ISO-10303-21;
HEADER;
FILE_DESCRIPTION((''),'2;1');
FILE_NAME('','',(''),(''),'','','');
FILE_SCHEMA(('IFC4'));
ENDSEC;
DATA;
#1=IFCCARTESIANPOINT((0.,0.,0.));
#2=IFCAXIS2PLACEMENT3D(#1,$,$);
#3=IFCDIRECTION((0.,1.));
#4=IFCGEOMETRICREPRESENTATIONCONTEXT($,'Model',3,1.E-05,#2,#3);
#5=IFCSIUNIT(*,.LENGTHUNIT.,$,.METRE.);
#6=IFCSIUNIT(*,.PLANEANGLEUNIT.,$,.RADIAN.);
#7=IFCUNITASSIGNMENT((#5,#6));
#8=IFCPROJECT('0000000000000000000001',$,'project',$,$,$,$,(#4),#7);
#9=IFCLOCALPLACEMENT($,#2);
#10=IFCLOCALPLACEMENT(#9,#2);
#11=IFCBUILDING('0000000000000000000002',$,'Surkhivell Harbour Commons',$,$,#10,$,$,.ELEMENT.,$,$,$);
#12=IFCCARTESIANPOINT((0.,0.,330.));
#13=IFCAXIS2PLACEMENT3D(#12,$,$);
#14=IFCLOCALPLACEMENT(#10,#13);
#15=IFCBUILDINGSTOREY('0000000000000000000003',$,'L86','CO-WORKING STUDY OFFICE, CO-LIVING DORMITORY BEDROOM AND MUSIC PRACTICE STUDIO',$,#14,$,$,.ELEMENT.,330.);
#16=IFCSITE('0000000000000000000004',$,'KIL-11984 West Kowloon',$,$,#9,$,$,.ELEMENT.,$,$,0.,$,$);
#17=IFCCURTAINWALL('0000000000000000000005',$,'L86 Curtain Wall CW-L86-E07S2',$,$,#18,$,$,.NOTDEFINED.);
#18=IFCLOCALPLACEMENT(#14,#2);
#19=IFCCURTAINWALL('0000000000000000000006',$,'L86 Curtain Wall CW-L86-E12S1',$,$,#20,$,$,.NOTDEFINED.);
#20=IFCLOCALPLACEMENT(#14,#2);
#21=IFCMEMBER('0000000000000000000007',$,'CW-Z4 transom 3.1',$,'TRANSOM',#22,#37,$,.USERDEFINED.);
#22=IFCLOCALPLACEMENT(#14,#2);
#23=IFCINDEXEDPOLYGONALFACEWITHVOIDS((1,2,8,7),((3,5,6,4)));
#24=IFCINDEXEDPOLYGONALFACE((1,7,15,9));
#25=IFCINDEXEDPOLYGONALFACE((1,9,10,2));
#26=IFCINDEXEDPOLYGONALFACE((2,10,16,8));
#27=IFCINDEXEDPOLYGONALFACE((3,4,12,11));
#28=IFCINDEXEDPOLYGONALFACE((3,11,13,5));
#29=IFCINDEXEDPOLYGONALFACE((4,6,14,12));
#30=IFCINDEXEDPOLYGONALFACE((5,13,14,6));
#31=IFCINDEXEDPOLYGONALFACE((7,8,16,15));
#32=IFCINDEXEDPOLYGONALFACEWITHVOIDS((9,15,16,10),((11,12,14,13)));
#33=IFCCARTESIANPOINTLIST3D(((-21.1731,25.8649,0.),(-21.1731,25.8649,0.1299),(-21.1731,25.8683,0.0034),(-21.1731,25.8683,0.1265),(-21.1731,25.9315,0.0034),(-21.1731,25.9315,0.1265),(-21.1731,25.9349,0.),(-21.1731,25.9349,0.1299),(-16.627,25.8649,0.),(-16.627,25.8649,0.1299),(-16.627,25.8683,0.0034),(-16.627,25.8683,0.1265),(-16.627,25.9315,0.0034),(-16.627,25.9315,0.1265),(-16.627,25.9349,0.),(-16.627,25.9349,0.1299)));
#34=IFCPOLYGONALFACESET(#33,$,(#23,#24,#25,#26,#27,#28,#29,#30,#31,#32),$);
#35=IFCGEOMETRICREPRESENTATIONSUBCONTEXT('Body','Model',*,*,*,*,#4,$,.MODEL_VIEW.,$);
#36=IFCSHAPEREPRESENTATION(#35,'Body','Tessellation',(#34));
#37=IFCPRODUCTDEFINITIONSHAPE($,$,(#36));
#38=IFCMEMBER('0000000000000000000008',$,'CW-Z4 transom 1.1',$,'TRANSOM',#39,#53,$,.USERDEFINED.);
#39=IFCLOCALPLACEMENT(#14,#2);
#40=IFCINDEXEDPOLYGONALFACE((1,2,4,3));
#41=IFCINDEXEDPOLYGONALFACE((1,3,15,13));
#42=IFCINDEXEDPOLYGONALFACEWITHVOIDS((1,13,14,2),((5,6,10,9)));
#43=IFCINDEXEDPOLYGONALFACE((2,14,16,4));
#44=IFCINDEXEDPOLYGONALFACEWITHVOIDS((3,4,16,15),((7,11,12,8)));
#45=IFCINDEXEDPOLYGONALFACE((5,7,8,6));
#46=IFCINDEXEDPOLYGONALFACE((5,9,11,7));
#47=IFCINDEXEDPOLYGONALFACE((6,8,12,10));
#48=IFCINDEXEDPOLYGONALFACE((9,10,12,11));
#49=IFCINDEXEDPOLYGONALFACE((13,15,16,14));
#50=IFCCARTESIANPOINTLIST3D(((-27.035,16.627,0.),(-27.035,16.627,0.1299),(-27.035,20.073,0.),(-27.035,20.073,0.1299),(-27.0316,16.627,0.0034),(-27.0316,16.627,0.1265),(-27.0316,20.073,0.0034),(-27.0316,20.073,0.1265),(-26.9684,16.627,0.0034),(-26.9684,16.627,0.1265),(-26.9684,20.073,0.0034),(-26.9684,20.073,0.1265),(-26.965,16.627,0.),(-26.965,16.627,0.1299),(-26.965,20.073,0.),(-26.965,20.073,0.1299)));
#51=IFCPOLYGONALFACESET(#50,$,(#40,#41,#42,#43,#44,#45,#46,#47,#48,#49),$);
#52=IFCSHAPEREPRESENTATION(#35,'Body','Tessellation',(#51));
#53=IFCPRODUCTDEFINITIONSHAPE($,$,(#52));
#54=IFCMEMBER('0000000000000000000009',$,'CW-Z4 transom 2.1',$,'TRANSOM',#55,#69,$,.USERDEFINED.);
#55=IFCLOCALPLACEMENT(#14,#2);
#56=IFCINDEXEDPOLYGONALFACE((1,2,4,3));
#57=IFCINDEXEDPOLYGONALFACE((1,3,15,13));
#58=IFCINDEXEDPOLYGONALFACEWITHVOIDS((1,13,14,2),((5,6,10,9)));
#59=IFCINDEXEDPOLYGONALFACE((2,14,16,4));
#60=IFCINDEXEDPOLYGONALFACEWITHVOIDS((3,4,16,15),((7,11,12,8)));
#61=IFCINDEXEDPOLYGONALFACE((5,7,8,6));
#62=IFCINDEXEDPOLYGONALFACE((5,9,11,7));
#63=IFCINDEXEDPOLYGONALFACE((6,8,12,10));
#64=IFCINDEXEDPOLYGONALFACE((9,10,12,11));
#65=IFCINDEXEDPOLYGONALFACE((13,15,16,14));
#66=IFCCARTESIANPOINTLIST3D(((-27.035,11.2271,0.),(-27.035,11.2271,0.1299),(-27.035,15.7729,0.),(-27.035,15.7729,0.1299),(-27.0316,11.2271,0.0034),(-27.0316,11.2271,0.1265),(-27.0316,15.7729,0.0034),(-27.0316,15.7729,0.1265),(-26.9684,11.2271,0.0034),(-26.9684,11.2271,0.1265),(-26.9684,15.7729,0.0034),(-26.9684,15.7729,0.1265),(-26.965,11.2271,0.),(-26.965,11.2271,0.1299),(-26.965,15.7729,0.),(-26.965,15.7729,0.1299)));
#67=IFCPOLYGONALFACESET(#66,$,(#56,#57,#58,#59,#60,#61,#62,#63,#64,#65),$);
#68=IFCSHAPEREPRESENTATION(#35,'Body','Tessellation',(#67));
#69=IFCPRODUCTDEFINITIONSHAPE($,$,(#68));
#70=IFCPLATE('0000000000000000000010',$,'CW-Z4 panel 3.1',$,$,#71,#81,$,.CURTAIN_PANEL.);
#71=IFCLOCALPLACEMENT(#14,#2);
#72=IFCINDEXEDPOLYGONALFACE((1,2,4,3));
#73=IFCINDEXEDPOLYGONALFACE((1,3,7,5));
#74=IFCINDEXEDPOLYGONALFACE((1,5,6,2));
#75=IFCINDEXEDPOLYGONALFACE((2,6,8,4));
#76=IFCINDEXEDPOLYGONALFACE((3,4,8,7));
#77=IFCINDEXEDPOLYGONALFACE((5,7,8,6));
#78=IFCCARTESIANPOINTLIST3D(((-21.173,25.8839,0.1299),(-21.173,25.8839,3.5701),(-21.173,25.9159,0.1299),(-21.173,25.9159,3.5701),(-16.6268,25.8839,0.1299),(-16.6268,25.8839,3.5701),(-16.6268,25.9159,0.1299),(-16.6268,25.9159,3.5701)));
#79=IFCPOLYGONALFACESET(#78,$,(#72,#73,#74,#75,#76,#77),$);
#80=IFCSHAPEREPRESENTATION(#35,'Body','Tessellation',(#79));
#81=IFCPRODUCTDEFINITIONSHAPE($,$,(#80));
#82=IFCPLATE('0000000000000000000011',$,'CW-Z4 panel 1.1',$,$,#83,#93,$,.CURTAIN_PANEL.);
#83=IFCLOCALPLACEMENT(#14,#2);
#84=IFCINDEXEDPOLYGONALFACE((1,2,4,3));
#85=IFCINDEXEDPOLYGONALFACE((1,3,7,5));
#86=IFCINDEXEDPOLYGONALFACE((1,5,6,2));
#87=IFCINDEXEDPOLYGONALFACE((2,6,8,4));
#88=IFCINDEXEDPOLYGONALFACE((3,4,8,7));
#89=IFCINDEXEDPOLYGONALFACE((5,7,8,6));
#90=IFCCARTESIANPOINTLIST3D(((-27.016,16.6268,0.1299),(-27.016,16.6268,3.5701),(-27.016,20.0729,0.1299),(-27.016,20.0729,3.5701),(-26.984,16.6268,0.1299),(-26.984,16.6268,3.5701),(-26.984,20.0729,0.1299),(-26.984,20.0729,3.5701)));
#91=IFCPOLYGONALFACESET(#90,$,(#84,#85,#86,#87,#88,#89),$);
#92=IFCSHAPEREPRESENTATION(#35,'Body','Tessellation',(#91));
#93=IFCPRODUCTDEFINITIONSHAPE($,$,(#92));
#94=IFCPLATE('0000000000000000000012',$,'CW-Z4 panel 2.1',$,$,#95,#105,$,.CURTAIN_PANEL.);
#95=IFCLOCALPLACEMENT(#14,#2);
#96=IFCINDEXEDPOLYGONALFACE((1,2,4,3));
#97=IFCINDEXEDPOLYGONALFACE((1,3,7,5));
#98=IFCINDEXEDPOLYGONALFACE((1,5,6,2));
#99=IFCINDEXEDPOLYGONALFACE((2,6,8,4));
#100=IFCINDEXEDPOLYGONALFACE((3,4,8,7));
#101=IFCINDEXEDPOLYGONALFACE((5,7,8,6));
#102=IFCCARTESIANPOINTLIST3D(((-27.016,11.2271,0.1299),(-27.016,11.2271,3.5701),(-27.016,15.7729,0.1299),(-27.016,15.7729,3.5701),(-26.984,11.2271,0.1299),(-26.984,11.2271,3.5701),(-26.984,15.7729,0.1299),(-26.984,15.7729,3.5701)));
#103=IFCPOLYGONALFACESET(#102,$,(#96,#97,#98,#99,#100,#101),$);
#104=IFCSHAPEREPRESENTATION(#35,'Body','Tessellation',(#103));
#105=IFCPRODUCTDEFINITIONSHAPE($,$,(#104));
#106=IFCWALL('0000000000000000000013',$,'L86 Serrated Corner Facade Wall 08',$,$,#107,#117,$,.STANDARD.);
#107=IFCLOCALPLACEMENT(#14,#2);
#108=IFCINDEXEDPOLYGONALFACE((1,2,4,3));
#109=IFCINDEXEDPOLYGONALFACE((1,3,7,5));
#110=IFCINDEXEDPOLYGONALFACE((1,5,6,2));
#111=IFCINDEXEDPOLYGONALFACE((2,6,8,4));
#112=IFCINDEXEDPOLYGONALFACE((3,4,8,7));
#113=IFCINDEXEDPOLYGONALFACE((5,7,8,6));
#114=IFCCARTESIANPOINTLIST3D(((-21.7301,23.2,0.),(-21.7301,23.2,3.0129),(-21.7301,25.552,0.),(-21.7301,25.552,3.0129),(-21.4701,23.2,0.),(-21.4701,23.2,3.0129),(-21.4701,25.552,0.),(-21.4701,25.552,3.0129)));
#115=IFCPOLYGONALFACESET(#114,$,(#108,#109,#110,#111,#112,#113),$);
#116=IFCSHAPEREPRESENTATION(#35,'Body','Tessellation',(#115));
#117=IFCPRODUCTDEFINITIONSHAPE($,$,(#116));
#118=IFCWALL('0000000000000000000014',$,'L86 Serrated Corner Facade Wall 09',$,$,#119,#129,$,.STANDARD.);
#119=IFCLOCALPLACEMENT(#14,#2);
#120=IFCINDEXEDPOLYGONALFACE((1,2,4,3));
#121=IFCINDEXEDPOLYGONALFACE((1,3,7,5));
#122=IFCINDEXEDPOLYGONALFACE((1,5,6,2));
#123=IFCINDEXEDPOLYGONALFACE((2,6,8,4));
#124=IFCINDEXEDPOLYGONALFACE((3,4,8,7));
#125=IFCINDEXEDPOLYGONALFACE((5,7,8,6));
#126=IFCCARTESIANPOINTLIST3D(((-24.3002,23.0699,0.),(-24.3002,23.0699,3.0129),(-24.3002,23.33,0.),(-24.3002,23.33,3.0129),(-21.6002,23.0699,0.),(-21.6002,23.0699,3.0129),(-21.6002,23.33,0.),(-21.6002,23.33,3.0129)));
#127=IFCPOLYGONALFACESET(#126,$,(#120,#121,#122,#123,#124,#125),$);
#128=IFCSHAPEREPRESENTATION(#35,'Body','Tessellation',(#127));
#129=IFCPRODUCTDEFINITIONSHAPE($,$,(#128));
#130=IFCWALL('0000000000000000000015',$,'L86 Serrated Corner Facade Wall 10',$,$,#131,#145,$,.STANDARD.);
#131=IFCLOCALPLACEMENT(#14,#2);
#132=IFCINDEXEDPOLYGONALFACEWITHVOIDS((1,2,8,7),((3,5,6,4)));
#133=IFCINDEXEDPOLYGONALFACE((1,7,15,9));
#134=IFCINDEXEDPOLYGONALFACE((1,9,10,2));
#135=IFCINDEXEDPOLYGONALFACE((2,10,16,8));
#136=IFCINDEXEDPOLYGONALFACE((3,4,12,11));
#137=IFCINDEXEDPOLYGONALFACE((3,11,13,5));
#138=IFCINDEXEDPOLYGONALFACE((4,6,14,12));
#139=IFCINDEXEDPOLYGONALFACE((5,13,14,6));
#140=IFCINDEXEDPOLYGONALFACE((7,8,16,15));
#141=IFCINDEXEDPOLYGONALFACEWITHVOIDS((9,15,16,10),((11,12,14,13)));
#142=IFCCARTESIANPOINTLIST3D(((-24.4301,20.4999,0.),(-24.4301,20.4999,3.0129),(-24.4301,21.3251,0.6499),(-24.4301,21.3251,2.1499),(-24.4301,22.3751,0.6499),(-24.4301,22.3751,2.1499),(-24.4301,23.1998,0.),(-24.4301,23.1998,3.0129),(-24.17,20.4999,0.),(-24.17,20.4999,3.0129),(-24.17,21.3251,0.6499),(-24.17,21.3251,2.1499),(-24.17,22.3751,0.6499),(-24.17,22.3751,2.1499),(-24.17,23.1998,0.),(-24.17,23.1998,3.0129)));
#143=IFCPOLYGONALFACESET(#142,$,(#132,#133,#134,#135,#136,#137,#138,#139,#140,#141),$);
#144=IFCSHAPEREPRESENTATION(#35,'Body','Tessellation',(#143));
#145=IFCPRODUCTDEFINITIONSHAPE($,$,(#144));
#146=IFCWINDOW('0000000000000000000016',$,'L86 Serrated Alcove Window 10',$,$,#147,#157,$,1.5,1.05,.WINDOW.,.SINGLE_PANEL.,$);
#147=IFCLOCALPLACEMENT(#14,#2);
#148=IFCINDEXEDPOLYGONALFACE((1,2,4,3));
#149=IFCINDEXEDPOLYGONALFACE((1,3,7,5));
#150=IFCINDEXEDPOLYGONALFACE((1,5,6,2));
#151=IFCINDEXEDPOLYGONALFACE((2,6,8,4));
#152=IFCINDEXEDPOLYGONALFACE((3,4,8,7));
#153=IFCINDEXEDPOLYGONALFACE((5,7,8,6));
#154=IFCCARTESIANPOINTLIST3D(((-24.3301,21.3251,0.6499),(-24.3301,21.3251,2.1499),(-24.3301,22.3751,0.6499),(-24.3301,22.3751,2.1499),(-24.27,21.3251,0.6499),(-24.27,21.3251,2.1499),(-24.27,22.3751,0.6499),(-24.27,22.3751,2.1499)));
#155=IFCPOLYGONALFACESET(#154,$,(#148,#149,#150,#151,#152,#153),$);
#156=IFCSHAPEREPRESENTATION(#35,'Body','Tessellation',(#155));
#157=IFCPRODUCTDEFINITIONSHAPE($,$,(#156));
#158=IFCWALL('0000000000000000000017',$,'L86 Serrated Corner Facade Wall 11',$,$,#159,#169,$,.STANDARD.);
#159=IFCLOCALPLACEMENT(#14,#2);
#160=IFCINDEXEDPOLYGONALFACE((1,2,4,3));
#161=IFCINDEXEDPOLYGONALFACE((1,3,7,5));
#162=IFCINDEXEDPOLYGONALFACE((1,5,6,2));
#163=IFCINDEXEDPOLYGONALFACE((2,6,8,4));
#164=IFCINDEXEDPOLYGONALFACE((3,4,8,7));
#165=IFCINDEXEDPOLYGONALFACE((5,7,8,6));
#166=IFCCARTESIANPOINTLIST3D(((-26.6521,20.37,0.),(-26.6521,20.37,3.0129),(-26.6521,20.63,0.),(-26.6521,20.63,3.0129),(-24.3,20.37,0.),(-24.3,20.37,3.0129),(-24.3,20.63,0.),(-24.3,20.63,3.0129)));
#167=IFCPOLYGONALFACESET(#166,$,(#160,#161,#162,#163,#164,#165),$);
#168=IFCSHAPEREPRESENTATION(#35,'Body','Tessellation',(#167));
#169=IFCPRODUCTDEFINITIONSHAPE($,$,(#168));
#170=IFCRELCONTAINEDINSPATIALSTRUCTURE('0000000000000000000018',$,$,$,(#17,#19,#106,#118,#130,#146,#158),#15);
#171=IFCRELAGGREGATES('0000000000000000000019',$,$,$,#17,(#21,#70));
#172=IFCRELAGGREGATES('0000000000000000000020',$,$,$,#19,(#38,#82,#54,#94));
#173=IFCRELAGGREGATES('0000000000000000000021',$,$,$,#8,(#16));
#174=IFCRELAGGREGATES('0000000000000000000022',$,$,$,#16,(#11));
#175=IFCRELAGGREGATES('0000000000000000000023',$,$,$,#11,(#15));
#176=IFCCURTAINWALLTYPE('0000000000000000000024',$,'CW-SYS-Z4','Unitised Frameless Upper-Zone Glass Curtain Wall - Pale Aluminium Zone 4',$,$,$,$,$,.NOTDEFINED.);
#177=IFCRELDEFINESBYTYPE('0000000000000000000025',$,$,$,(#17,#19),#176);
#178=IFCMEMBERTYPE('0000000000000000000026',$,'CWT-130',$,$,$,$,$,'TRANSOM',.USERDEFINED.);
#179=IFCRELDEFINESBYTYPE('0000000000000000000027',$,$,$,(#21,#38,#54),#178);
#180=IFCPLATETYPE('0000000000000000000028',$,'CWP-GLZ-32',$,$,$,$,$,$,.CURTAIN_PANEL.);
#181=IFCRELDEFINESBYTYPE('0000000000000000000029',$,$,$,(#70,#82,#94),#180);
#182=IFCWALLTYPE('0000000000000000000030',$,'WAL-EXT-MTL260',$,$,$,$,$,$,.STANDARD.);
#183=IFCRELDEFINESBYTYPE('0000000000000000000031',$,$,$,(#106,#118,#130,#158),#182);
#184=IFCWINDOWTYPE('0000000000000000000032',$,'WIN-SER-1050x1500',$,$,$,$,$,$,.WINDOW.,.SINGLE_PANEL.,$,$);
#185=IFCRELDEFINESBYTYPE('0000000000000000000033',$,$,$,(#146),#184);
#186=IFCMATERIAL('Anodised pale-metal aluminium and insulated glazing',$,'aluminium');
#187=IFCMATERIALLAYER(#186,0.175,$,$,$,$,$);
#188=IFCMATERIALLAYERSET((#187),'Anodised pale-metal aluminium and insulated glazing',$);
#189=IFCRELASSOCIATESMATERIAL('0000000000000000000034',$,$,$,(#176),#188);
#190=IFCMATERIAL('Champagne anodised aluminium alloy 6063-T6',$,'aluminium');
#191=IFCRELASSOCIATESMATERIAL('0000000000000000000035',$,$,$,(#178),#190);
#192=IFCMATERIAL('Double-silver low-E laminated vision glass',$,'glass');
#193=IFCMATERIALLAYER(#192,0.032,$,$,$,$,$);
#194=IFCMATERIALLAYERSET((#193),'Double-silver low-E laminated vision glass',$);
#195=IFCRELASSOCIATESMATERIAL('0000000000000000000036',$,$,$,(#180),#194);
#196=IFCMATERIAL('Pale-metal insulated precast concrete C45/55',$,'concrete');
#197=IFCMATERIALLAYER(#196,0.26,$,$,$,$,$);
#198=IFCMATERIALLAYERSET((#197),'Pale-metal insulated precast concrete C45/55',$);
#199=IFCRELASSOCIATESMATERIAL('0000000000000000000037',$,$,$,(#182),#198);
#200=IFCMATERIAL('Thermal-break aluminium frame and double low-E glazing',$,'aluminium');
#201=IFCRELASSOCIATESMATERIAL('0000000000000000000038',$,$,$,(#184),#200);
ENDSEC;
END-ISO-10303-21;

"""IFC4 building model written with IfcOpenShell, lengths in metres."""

from ifc_helpers import new_model, si_unit, direction, frame, frame_2d, origin, origin_2d, place, context, subcontext, project, spatial, rectangle, hollow_rectangle, extrude, material, layer, layer_set, material_profile, profile_set, type_object, element, fill, aggregate, save


model = new_model("IFC4")

# Units and contexts
model_context = context("Model", 3, precision=1e-05, world=origin(), true_north=direction((0.0, 1.0)))
body_context = subcontext(model_context, "Body", "Model", "MODEL_VIEW")
ifc_project = project(units=[si_unit("LENGTHUNIT", "METRE"), si_unit("PLANEANGLEUNIT", "RADIAN")], contexts=[model_context])

# Site, building, storey
site_placement = place(None, origin())
site = spatial("IfcSite", under=ifc_project, at=site_placement, Name="KIL-11984 West Kowloon", CompositionType="ELEMENT", RefElevation=0.0)
building_placement = place(site_placement, origin())
building = spatial("IfcBuilding", under=site, at=building_placement, Name="Surkhivell Harbour Commons", CompositionType="ELEMENT")
storey_placement = place(building_placement, frame((0.0, 0.0, 330.0)))
storey = spatial("IfcBuildingStorey", under=building, at=storey_placement, Name="L86", Description="CO-WORKING STUDY OFFICE, CO-LIVING DORMITORY BEDROOM AND MUSIC PRACTICE STUDIO", CompositionType="ELEMENT", Elevation=330.0)

# Curtain wall
ifc_material_1 = material(Name="Anodised pale-metal aluminium and insulated glazing", Category="aluminium")
ifc_layer_1 = layer(ifc_material_1, 0.175)
ifc_layer_set_1 = layer_set([ifc_layer_1], Name="Anodised pale-metal aluminium and insulated glazing")
curtain_wall_type = type_object("IfcCurtainWallType", Name="CW-SYS-Z4", Description="Unitised Frameless Upper-Zone Glass Curtain Wall - Pale Aluminium Zone 4", PredefinedType="NOTDEFINED", material=ifc_layer_set_1)
curtain_wall_1_placement = place(storey_placement, origin())
curtain_wall_1 = element("IfcCurtainWall", 1, at=curtain_wall_1_placement, inside=storey, type_object=curtain_wall_type, Name="L86 Curtain Wall CW-L86-E07S2", PredefinedType="NOTDEFINED")

# Curtain wall
curtain_wall_2_placement = place(storey_placement, origin())
curtain_wall_2 = element("IfcCurtainWall", 2, at=curtain_wall_2_placement, inside=storey, type_object=curtain_wall_type, Name="L86 Curtain Wall CW-L86-E12S1", PredefinedType="NOTDEFINED")

# Members
ifc_material_2 = material(Name="Champagne anodised aluminium alloy 6063-T6", Category="aluminium")
ifc_material_profile_1 = material_profile(ifc_material_2, hollow_rectangle(XDim=0.0701, YDim=0.1299, WallThickness=0.0034, at=origin_2d()), Name="ALU-TRAN-70x130")
ifc_profile_set_1 = profile_set([ifc_material_profile_1], Name="Champagne anodised aluminium alloy 6063-T6")
member_type_1 = type_object("IfcMemberType", Name="CWT-130", ElementType="TRANSOM", PredefinedType="USERDEFINED", material=ifc_profile_set_1)
member_1_placement = place(storey_placement, frame((-16.627, 25.8999, 0.0649), z_axis=(-1.0, 0.0, 0.0), x_axis=(0.0, -1.0, 0.0)))
member_1 = element("IfcMember", 3, at=member_1_placement, type_object=member_type_1, Name="CW-Z4 transom 3.1", ObjectType="TRANSOM", PredefinedType="USERDEFINED", context=body_context, shape_type="SweptSolid", body=[
    extrude(hollow_rectangle(XDim=0.0701, YDim=0.1299, WallThickness=0.0034, at=origin_2d()), origin(), (0.0, 0.0, 1.0), 4.5461),
])
member_2_placement = place(storey_placement, frame((-27.0, 20.073, 0.0649), z_axis=(0.0, -1.0, 0.0), x_axis=(1.0, 0.0, 0.0)))
member_2 = element("IfcMember", 4, at=member_2_placement, type_object=member_type_1, Name="CW-Z4 transom 1.1", ObjectType="TRANSOM", PredefinedType="USERDEFINED", context=body_context, shape_type="SweptSolid", body=[
    extrude(hollow_rectangle(XDim=0.0701, YDim=0.1299, WallThickness=0.0034, at=origin_2d()), origin(), (0.0, 0.0, 1.0), 3.446),
])
member_3_placement = place(storey_placement, frame((-27.0, 15.7729, 0.0649), z_axis=(0.0, -1.0, 0.0), x_axis=(1.0, 0.0, 0.0)))
member_3 = element("IfcMember", 5, at=member_3_placement, type_object=member_type_1, Name="CW-Z4 transom 2.1", ObjectType="TRANSOM", PredefinedType="USERDEFINED", context=body_context, shape_type="SweptSolid", body=[
    extrude(hollow_rectangle(XDim=0.0701, YDim=0.1299, WallThickness=0.0034, at=origin_2d()), origin(), (0.0, 0.0, 1.0), 4.5459),
])

# Plates
ifc_material_3 = material(Name="Double-silver low-E laminated vision glass", Category="glass")
ifc_layer_2 = layer(ifc_material_3, 0.032)
ifc_layer_set_2 = layer_set([ifc_layer_2], Name="Double-silver low-E laminated vision glass")
plate_type = type_object("IfcPlateType", Name="CWP-GLZ-32", PredefinedType="CURTAIN_PANEL", material=ifc_layer_set_2)
plate_1_placement = place(storey_placement, frame((-16.627, 25.8999, 0.1299), z_axis=(0.0, 0.0, 1.0), x_axis=(-1.0, 0.0, 0.0)))
plate_1 = element("IfcPlate", 6, at=plate_1_placement, type_object=plate_type, Name="CW-Z4 panel 3.1", PredefinedType="CURTAIN_PANEL", context=body_context, shape_type="SweptSolid", body=[
    extrude(rectangle(XDim=4.5461, YDim=0.032, at=frame_2d((2.2729, 0.0))), origin(), (0.0, 0.0, 1.0), 3.4402),
])
aggregate(curtain_wall_1, [member_1, plate_1])
plate_2_placement = place(storey_placement, frame((-27.0, 20.073, 0.1299), z_axis=(0.0, 0.0, 1.0), x_axis=(0.0, -1.0, 0.0)))
plate_2 = element("IfcPlate", 7, at=plate_2_placement, type_object=plate_type, Name="CW-Z4 panel 1.1", PredefinedType="CURTAIN_PANEL", context=body_context, shape_type="SweptSolid", body=[
    extrude(rectangle(XDim=3.446, YDim=0.032, at=frame_2d((1.7231, 0.0))), origin(), (0.0, 0.0, 1.0), 3.4402),
])
plate_3_placement = place(storey_placement, frame((-27.0, 15.7729, 0.1299), z_axis=(0.0, 0.0, 1.0), x_axis=(0.0, -1.0, 0.0)))
plate_3 = element("IfcPlate", 8, at=plate_3_placement, type_object=plate_type, Name="CW-Z4 panel 2.1", PredefinedType="CURTAIN_PANEL", context=body_context, shape_type="SweptSolid", body=[
    extrude(rectangle(XDim=4.5459, YDim=0.032, at=frame_2d((2.2729, 0.0))), origin(), (0.0, 0.0, 1.0), 3.4402),
])
aggregate(curtain_wall_2, [member_2, plate_2, member_3, plate_3])

# Walls
ifc_material_4 = material(Name="Pale-metal insulated precast concrete C45/55", Category="concrete")
ifc_layer_3 = layer(ifc_material_4, 0.26)
ifc_layer_set_3 = layer_set([ifc_layer_3], Name="Pale-metal insulated precast concrete C45/55")
wall_type = type_object("IfcWallType", Name="WAL-EXT-MTL260", PredefinedType="STANDARD", material=ifc_layer_set_3)
wall_1_placement = place(storey_placement, frame((-21.6001, 25.552, 0.0), z_axis=(0.0, 0.0, 1.0), x_axis=(0.0, -1.0, 0.0)))
element("IfcWall", 9, at=wall_1_placement, inside=storey, type_object=wall_type, Name="L86 Serrated Corner Facade Wall 08", PredefinedType="STANDARD", context=body_context, shape_type="SweptSolid", body=[
    extrude(rectangle(XDim=2.3521, YDim=0.26, at=frame_2d((1.176, 0.0))), origin(), (0.0, 0.0, 1.0), 3.0129),
])
wall_2_placement = place(storey_placement, frame((-21.6001, 23.2, 0.0), z_axis=(0.0, 0.0, 1.0), x_axis=(-1.0, 0.0, 0.0)))
element("IfcWall", 10, at=wall_2_placement, inside=storey, type_object=wall_type, Name="L86 Serrated Corner Facade Wall 09", PredefinedType="STANDARD", context=body_context, shape_type="SweptSolid", body=[
    extrude(rectangle(XDim=2.7, YDim=0.26, at=frame_2d((1.3501, 0.0))), origin(), (0.0, 0.0, 1.0), 3.0129),
])

# Wall, opening, window
wall_3_placement = place(storey_placement, frame((-24.3, 23.2, 0.0), z_axis=(0.0, 0.0, 1.0), x_axis=(0.0, -1.0, 0.0)))
wall_3 = element("IfcWall", 11, at=wall_3_placement, inside=storey, type_object=wall_type, Name="L86 Serrated Corner Facade Wall 10", PredefinedType="STANDARD", context=body_context, shape_type="SweptSolid", body=[
    extrude(rectangle(XDim=2.7, YDim=0.26, at=frame_2d((1.3501, 0.0))), origin(), (0.0, 0.0, 1.0), 3.0129),
])
opening_placement = place(wall_3_placement, frame((0.825, 0.0, 0.6499)))
opening = element("IfcOpeningElement", 12, at=opening_placement, cuts=wall_3, PredefinedType="OPENING", context=body_context, shape_type="SweptSolid", body=[
    extrude(rectangle(XDim=1.05, YDim=1.5, at=frame_2d((0.5249, 0.75))), frame((0.0, 0.1399, 0.0), z_axis=(0.0, -1.0, 0.0), x_axis=(1.0, 0.0, 0.0)), (0.0, 0.0, 1.0), 0.28),
])
ifc_material_5 = material(Name="Thermal-break aluminium frame and double low-E glazing", Category="aluminium")
window_type = type_object("IfcWindowType", Name="WIN-SER-1050x1500", PartitioningType="SINGLE_PANEL", PredefinedType="WINDOW", material=ifc_material_5)
window_placement = place(opening_placement, origin())
window = element("IfcWindow", 13, at=window_placement, inside=storey, type_object=window_type, Name="L86 Serrated Alcove Window 10", OverallHeight=1.5, OverallWidth=1.05, PartitioningType="SINGLE_PANEL", PredefinedType="WINDOW", context=body_context, shape_type="SweptSolid", body=[
    extrude(rectangle(XDim=1.05, YDim=1.5, at=frame_2d((0.5249, 0.75))), frame((0.0, 0.03, 0.0), z_axis=(0.0, -1.0, 0.0), x_axis=(1.0, 0.0, 0.0)), (0.0, 0.0, 1.0), 0.0601),
])
fill(opening, window)

# Wall
wall_4_placement = place(storey_placement, frame((-24.3, 20.5, 0.0), z_axis=(0.0, 0.0, 1.0), x_axis=(-1.0, 0.0, 0.0)))
element("IfcWall", 14, at=wall_4_placement, inside=storey, type_object=wall_type, Name="L86 Serrated Corner Facade Wall 11", PredefinedType="STANDARD", context=body_context, shape_type="SweptSolid", body=[
    extrude(rectangle(XDim=2.3521, YDim=0.26, at=frame_2d((1.176, 0.0))), origin(), (0.0, 0.0, 1.0), 3.0129),
])

save(model, "model.ifc")
